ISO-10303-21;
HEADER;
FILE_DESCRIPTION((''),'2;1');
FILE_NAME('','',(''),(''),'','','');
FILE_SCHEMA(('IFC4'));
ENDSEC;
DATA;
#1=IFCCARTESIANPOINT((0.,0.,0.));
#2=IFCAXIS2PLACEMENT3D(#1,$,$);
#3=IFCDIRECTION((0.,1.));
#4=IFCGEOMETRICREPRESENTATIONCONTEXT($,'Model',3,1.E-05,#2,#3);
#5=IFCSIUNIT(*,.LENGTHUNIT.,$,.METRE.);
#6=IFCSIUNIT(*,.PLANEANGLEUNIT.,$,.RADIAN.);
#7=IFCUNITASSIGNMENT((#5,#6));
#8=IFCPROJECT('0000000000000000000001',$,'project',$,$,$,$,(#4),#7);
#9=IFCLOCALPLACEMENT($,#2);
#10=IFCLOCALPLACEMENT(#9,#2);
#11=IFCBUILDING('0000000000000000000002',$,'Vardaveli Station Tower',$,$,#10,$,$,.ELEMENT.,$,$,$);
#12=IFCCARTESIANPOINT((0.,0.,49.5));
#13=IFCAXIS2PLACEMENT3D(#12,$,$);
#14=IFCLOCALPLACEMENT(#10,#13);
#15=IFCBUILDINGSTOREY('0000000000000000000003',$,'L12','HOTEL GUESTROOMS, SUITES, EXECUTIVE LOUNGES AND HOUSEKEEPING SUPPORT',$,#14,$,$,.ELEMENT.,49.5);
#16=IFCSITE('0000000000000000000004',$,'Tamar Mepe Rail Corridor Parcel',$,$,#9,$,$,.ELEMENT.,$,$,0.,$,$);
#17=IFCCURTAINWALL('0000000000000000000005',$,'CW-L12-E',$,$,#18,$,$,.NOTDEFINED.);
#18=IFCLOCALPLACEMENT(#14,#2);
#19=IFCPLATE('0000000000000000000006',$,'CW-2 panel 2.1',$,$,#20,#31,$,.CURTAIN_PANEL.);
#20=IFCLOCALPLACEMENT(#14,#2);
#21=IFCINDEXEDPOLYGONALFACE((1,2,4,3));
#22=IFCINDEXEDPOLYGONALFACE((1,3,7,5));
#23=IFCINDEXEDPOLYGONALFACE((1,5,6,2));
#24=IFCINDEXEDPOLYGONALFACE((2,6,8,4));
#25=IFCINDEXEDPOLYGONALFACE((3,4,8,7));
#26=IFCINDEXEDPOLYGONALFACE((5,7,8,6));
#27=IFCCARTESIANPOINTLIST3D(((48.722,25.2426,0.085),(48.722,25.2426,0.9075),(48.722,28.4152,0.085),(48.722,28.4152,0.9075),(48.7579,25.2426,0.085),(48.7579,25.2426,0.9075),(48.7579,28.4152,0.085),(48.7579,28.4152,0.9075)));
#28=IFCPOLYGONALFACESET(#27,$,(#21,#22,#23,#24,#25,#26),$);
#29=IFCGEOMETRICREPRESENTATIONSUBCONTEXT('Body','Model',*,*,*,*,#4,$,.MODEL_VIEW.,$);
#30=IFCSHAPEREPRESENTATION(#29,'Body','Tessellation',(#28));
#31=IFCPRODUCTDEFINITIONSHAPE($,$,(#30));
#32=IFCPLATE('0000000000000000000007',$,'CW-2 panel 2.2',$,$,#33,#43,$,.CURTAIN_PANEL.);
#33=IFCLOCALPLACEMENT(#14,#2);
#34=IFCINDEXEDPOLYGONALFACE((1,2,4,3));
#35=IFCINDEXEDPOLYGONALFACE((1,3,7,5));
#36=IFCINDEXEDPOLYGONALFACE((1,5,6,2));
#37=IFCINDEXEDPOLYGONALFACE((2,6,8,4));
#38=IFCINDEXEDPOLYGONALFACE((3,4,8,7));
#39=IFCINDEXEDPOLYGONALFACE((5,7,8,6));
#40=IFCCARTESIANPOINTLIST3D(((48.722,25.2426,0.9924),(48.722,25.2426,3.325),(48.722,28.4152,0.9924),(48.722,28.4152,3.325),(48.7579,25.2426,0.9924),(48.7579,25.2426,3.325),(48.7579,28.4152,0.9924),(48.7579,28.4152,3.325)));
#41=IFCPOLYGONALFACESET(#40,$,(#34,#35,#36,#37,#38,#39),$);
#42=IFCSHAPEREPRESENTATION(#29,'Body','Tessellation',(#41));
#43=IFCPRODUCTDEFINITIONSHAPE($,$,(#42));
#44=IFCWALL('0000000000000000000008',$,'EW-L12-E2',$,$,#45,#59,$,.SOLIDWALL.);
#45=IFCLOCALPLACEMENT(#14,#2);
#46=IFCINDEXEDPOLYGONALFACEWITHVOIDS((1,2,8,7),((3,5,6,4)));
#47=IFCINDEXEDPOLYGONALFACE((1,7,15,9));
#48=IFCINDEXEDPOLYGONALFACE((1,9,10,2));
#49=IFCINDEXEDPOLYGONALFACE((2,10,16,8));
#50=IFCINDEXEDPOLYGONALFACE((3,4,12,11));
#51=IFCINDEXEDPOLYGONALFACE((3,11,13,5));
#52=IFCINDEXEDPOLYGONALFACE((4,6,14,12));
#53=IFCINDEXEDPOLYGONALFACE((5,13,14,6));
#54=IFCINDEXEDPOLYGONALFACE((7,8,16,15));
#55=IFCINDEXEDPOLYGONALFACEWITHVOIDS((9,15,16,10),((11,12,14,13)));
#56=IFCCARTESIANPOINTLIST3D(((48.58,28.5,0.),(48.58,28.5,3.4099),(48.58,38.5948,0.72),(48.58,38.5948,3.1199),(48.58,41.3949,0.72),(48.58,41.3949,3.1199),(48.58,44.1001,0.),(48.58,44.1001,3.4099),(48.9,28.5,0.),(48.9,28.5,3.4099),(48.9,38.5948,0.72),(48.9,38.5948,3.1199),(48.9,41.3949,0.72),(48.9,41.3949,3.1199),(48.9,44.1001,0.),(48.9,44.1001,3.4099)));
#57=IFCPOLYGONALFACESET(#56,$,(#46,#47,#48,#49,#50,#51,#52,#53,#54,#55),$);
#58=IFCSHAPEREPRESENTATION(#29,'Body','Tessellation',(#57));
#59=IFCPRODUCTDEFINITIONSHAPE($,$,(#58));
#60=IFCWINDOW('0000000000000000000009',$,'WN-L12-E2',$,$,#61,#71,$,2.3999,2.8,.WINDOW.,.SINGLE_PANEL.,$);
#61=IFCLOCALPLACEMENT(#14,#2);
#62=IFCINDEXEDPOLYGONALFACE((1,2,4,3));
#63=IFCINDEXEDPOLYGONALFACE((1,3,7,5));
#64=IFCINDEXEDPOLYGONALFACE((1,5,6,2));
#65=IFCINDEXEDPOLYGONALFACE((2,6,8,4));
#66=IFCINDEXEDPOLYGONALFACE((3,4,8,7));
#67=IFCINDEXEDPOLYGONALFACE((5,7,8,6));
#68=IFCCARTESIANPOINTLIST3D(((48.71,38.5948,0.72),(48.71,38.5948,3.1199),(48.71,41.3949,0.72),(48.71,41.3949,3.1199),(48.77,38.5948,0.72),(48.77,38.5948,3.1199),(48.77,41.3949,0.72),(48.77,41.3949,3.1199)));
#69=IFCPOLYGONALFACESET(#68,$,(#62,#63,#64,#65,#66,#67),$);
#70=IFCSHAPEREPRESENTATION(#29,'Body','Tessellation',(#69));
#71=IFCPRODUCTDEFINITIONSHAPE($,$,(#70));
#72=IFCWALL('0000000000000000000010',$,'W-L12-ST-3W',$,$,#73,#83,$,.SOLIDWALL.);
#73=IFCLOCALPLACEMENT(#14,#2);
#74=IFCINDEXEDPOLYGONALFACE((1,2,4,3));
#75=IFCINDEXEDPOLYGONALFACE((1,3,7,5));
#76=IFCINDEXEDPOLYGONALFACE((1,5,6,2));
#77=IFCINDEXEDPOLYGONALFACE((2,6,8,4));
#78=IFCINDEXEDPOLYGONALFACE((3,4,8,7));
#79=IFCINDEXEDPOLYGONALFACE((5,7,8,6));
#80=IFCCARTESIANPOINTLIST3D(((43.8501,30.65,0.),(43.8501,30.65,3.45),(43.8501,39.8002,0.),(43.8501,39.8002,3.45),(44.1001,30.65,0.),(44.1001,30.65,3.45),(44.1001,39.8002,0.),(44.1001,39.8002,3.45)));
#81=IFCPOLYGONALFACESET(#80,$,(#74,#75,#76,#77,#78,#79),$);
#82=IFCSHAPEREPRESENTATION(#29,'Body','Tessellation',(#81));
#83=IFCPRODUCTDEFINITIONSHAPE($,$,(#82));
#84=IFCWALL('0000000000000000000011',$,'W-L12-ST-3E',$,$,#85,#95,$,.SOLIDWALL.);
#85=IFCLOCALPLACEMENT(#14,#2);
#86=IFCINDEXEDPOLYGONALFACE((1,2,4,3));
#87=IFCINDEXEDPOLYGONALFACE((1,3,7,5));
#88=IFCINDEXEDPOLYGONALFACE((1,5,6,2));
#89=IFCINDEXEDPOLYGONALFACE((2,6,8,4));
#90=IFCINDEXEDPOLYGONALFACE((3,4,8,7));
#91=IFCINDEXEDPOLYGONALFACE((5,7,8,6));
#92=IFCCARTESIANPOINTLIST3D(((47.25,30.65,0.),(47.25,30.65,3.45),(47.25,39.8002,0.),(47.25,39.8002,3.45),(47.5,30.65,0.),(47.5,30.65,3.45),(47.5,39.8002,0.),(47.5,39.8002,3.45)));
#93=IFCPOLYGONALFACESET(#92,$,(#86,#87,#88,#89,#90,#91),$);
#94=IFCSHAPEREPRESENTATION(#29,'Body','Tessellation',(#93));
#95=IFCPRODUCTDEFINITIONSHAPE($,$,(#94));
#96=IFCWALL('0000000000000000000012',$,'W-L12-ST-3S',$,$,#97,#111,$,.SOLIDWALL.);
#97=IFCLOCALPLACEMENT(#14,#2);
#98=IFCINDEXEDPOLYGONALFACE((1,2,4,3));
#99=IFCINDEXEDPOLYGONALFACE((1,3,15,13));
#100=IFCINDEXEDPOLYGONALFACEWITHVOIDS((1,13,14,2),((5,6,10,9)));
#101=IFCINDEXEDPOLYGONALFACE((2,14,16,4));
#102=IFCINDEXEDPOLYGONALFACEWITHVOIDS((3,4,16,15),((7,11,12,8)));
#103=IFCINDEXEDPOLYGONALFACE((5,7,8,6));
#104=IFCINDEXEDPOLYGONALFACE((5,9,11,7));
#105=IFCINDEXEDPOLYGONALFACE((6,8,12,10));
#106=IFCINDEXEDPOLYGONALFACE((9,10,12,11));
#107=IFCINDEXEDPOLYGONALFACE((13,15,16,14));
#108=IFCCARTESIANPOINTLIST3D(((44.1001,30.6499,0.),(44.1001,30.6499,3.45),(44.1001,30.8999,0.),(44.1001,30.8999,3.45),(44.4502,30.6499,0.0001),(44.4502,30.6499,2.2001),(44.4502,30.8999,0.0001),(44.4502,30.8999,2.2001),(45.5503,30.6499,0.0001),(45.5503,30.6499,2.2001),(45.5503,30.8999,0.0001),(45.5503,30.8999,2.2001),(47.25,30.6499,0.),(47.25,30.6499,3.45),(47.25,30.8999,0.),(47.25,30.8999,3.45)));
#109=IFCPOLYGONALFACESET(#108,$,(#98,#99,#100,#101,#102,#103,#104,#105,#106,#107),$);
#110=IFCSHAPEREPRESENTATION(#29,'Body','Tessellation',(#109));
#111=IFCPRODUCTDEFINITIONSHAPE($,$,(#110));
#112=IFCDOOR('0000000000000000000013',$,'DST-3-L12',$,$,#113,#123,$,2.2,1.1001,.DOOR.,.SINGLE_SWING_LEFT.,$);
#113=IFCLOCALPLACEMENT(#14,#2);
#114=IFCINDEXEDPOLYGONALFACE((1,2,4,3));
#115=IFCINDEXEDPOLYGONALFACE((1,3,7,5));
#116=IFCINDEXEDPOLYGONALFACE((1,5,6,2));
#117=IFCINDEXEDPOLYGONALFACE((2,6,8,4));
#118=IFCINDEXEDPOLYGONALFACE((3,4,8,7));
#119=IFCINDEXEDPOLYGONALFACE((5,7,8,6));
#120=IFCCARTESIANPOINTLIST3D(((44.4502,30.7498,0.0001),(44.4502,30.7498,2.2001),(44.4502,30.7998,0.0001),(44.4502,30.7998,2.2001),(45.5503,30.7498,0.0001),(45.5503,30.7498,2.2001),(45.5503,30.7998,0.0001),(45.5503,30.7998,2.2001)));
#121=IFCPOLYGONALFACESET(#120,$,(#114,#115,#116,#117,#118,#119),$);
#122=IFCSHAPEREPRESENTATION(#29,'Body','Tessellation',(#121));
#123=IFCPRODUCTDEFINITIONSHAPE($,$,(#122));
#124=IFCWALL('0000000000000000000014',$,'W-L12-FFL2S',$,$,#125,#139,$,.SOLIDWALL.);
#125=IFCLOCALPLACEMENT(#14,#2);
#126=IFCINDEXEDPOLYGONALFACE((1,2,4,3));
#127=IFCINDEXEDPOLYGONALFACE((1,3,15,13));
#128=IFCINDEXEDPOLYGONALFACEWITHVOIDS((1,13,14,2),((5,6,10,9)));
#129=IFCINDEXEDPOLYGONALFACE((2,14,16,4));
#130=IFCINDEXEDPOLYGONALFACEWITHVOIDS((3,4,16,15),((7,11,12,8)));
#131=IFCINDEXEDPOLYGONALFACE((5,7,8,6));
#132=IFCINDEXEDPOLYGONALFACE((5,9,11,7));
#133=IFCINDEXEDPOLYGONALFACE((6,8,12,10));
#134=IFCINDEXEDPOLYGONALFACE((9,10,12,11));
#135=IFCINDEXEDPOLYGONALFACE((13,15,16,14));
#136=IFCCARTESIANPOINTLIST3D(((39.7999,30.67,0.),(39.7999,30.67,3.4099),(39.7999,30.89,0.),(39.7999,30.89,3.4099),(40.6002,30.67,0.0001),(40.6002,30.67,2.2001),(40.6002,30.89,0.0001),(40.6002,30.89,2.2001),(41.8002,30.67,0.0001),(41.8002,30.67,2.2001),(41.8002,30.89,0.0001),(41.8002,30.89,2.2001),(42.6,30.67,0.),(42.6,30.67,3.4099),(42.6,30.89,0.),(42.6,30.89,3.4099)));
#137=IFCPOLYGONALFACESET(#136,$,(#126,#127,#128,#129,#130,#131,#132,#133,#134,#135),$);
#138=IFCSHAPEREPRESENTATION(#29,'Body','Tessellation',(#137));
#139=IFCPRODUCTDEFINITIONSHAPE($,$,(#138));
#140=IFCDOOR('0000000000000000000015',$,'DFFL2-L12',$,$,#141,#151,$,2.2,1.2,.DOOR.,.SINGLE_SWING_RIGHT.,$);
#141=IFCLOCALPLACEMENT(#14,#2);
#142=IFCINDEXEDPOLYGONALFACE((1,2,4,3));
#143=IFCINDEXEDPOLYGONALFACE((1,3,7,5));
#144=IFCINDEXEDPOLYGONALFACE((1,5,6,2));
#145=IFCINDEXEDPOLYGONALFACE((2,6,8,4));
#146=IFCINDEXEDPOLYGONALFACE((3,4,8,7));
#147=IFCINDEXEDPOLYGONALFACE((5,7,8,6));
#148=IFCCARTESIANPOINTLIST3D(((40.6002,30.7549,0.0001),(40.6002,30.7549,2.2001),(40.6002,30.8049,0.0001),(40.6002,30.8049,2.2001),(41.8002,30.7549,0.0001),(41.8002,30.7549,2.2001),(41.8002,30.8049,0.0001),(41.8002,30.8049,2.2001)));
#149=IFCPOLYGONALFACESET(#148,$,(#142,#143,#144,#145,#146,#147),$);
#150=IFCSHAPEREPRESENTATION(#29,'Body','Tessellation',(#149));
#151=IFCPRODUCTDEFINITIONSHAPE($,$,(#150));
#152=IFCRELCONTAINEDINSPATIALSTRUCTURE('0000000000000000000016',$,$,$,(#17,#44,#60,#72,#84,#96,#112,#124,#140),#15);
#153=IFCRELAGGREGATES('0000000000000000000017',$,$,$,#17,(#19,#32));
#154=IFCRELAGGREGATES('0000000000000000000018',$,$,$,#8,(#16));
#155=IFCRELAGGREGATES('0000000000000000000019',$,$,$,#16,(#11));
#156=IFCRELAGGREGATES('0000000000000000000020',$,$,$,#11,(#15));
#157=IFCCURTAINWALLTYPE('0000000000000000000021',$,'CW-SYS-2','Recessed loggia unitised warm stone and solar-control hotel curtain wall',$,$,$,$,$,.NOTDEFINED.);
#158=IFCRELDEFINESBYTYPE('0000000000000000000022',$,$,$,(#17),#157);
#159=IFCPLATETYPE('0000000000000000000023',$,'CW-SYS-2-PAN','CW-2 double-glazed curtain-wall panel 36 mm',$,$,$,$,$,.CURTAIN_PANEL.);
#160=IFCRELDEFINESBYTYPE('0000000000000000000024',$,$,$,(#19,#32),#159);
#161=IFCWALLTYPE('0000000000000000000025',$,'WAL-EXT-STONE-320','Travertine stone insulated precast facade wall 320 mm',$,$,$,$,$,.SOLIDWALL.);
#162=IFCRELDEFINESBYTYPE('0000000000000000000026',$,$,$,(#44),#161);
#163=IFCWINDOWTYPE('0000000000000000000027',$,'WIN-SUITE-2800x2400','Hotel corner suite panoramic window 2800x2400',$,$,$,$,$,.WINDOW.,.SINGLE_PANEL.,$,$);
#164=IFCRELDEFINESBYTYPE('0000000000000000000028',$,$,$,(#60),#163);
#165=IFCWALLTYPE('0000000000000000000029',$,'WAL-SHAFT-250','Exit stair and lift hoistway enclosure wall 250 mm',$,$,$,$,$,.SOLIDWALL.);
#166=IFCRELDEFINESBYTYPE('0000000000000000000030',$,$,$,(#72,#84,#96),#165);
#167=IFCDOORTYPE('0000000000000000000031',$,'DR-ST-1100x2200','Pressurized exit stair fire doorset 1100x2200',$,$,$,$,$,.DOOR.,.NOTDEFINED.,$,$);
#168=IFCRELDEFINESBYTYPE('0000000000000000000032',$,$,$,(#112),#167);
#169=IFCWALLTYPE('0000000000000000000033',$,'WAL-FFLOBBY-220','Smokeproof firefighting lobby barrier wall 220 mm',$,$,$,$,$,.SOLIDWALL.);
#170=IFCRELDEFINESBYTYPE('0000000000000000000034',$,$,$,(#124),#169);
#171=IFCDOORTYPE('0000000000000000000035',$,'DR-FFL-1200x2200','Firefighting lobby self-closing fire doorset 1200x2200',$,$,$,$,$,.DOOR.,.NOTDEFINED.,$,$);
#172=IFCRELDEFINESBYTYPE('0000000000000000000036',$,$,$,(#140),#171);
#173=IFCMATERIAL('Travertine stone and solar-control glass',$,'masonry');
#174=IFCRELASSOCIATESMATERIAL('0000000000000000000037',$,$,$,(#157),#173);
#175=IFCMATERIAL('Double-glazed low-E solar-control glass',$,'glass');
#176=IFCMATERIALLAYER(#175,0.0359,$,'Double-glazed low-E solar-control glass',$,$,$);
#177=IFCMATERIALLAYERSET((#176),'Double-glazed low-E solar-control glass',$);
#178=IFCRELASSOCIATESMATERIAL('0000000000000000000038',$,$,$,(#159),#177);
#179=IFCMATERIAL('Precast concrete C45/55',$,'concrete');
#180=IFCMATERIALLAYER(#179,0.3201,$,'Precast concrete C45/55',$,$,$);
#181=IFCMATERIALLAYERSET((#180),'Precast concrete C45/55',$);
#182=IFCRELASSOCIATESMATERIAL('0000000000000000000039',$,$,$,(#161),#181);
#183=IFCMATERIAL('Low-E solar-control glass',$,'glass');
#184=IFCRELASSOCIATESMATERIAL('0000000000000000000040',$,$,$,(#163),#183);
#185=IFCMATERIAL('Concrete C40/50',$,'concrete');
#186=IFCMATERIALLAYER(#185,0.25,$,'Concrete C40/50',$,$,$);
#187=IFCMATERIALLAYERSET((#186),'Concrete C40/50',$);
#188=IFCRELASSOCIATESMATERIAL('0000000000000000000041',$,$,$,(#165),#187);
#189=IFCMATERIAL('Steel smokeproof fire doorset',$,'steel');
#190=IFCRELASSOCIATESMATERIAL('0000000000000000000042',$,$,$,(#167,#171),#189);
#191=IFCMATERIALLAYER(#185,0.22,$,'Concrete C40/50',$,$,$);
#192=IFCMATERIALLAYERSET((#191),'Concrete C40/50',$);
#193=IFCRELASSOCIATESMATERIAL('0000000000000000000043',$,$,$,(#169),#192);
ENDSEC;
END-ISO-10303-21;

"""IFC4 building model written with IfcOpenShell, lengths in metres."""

from ifc_helpers import new_model, si_unit, direction, frame, frame_2d, origin, origin_2d, place, context, subcontext, project, spatial, rectangle, extrude, source, transform, mapped, material, layer, layer_set, type_object, element, fill, aggregate, save


model = new_model("IFC4")

# Units and contexts
model_context = context("Model", 3, precision=1e-05, world=origin(), true_north=direction((0.0, 1.0)))
body_context = subcontext(model_context, "Body", "Model", "MODEL_VIEW")
ifc_project = project(units=[si_unit("LENGTHUNIT", "METRE"), si_unit("PLANEANGLEUNIT", "RADIAN")], contexts=[model_context])

# Site, building, storey
site_placement = place(None, origin())
site = spatial("IfcSite", under=ifc_project, at=site_placement, Name="Tamar Mepe Rail Corridor Parcel", CompositionType="ELEMENT", RefElevation=0.0)
building_placement = place(site_placement, origin())
building = spatial("IfcBuilding", under=site, at=building_placement, Name="Vardaveli Station Tower", CompositionType="ELEMENT")
storey_placement = place(building_placement, frame((0.0, 0.0, 49.5)))
storey = spatial("IfcBuildingStorey", under=building, at=storey_placement, Name="L12", Description="HOTEL GUESTROOMS, SUITES, EXECUTIVE LOUNGES AND HOUSEKEEPING SUPPORT", CompositionType="ELEMENT", Elevation=49.5)

# Shared definitions
ifc_material_1 = material(Name="Precast concrete C45/55", Category="concrete")

# Curtain wall, plates
ifc_material_2 = material(Name="Travertine stone and solar-control glass", Category="masonry")
curtain_wall_type = type_object("IfcCurtainWallType", Name="CW-SYS-2", Description="Recessed loggia unitised warm stone and solar-control hotel curtain wall", PredefinedType="NOTDEFINED", material=ifc_material_2)
curtain_wall_placement = place(storey_placement, origin())
curtain_wall = element("IfcCurtainWall", 1, at=curtain_wall_placement, inside=storey, type_object=curtain_wall_type, Name="CW-L12-E", PredefinedType="NOTDEFINED")
ifc_material_3 = material(Name="Double-glazed low-E solar-control glass", Category="glass")
ifc_layer_1 = layer(ifc_material_3, 0.0359, Name="Double-glazed low-E solar-control glass")
ifc_layer_set_1 = layer_set([ifc_layer_1], Name="Double-glazed low-E solar-control glass")
plate_type = type_object("IfcPlateType", Name="CW-SYS-2-PAN", Description="CW-2 double-glazed curtain-wall panel 36 mm", PredefinedType="CURTAIN_PANEL", material=ifc_layer_set_1)
shared_shape_1 = source(origin(), body_context, "Body", "SweptSolid", [
    extrude(rectangle(XDim=3.1726, YDim=0.0359, at=origin_2d()), origin(), (0.0, 0.0, 1.0), 0.8225),
])
plate_1_placement = place(storey_placement, frame((48.74, 26.8289, 0.085), z_axis=(0.0, 0.0, 1.0), x_axis=(0.0, 1.0, 0.0)))
plate_1 = element("IfcPlate", 2, at=plate_1_placement, type_object=plate_type, Name="CW-2 panel 2.1", PredefinedType="CURTAIN_PANEL", context=body_context, shape_type="MappedRepresentation", body=[
    mapped(shared_shape_1, transform((0.0, 0.0, 0.0), scale=1.0)),
])
shared_shape_2 = source(origin(), body_context, "Body", "SweptSolid", [
    extrude(rectangle(XDim=3.1726, YDim=0.0359, at=origin_2d()), origin(), (0.0, 0.0, 1.0), 2.3325),
])
plate_2_placement = place(storey_placement, frame((48.74, 26.8289, 0.9924), z_axis=(0.0, 0.0, 1.0), x_axis=(0.0, 1.0, 0.0)))
plate_2 = element("IfcPlate", 3, at=plate_2_placement, type_object=plate_type, Name="CW-2 panel 2.2", PredefinedType="CURTAIN_PANEL", context=body_context, shape_type="MappedRepresentation", body=[
    mapped(shared_shape_2, transform((0.0, 0.0, 0.0), scale=1.0)),
])
aggregate(curtain_wall, [plate_1, plate_2])

# Wall, opening, window
ifc_layer_2 = layer(ifc_material_1, 0.3201, Name="Precast concrete C45/55")
ifc_layer_set_2 = layer_set([ifc_layer_2], Name="Precast concrete C45/55")
wall_type_1 = type_object("IfcWallType", Name="WAL-EXT-STONE-320", Description="Travertine stone insulated precast facade wall 320 mm", PredefinedType="SOLIDWALL", material=ifc_layer_set_2)
shared_shape_3 = source(origin(), body_context, "Body", "SweptSolid", [
    extrude(rectangle(XDim=15.6001, YDim=0.3201, at=frame_2d((7.8, 0.0))), origin(), (0.0, 0.0, 1.0), 3.4099),
])
wall_1_placement = place(storey_placement, frame((48.74, 28.5, 0.0), z_axis=(0.0, 0.0, 1.0), x_axis=(0.0, 1.0, 0.0)))
wall_1 = element("IfcWall", 4, at=wall_1_placement, inside=storey, type_object=wall_type_1, Name="EW-L12-E2", PredefinedType="SOLIDWALL", context=body_context, shape_type="MappedRepresentation", body=[
    mapped(shared_shape_3, transform((0.0, 0.0, 0.0), scale=1.0)),
])
shared_shape_4 = source(origin(), body_context, "Body", "SweptSolid", [
    extrude(rectangle(XDim=2.8, YDim=2.3999, at=frame_2d((1.3999, 1.2))), frame((0.0, 0.1699, 0.0), z_axis=(0.0, -1.0, 0.0), x_axis=(1.0, 0.0, 0.0)), (0.0, 0.0, 1.0), 0.3401),
])
opening_1_placement = place(wall_1_placement, frame((10.095, 0.0, 0.72)))
opening_1 = element("IfcOpeningElement", 5, at=opening_1_placement, cuts=wall_1, PredefinedType="OPENING", context=body_context, shape_type="MappedRepresentation", body=[
    mapped(shared_shape_4, transform((0.0, 0.0, 0.0), scale=1.0)),
])
ifc_material_4 = material(Name="Low-E solar-control glass", Category="glass")
window_type = type_object("IfcWindowType", Name="WIN-SUITE-2800x2400", Description="Hotel corner suite panoramic window 2800x2400", PartitioningType="SINGLE_PANEL", PredefinedType="WINDOW", material=ifc_material_4)
shared_shape_5 = source(origin(), body_context, "Body", "SweptSolid", [
    extrude(rectangle(XDim=2.8, YDim=2.3999, at=frame_2d((1.3999, 1.2))), frame((0.0, 0.03, 0.0), z_axis=(0.0, -1.0, 0.0), x_axis=(1.0, 0.0, 0.0)), (0.0, 0.0, 1.0), 0.0601),
])
window_placement = place(opening_1_placement, origin())
window = element("IfcWindow", 6, at=window_placement, inside=storey, type_object=window_type, Name="WN-L12-E2", OverallHeight=2.3999, OverallWidth=2.8, PartitioningType="SINGLE_PANEL", PredefinedType="WINDOW", context=body_context, shape_type="MappedRepresentation", body=[
    mapped(shared_shape_5, transform((0.0, 0.0, 0.0), scale=1.0)),
])
fill(opening_1, window)

# Walls
ifc_material_5 = material(Name="Concrete C40/50", Category="concrete")
ifc_layer_3 = layer(ifc_material_5, 0.25, Name="Concrete C40/50")
ifc_layer_set_3 = layer_set([ifc_layer_3], Name="Concrete C40/50")
wall_type_2 = type_object("IfcWallType", Name="WAL-SHAFT-250", Description="Exit stair and lift hoistway enclosure wall 250 mm", PredefinedType="SOLIDWALL", material=ifc_layer_set_3)
shared_shape_6 = source(origin(), body_context, "Body", "SweptSolid", [
    extrude(rectangle(XDim=9.1501, YDim=0.25, at=frame_2d((4.5752, 0.0))), origin(), (0.0, 0.0, 1.0), 3.45),
])
for number, where, z_axis, x_axis, name in (
    (7, (43.9751, 30.6499, 0.0), (0.0, 0.0, 1.0), (0.0, 1.0, 0.0), "W-L12-ST-3W"),
    (8, (47.375, 30.6499, 0.0), (0.0, 0.0, 1.0), (0.0, 1.0, 0.0), "W-L12-ST-3E"),
):
    element("IfcWall", number, at=place(storey_placement, frame(where, z_axis=z_axis, x_axis=x_axis)), inside=storey, type_object=wall_type_2, Name=name, PredefinedType="SOLIDWALL", context=body_context, shape_type="MappedRepresentation", body=[
        mapped(shared_shape_6, transform((0.0, 0.0, 0.0), scale=1.0)),
    ])

# Walls, openings, doors
shared_shape_7 = source(origin(), body_context, "Body", "SweptSolid", [
    extrude(rectangle(XDim=3.1499, YDim=0.25, at=frame_2d((1.575, 0.0))), origin(), (0.0, 0.0, 1.0), 3.45),
])
wall_2_placement = place(storey_placement, frame((44.1001, 30.7749, 0.0), z_axis=(0.0, 0.0, 1.0), x_axis=(1.0, 0.0, 0.0)))
wall_2 = element("IfcWall", 9, at=wall_2_placement, inside=storey, type_object=wall_type_2, Name="W-L12-ST-3S", PredefinedType="SOLIDWALL", context=body_context, shape_type="MappedRepresentation", body=[
    mapped(shared_shape_7, transform((0.0, 0.0, 0.0), scale=1.0)),
])
shared_shape_8 = source(origin(), body_context, "Body", "SweptSolid", [
    extrude(rectangle(XDim=1.1001, YDim=2.2, at=frame_2d((0.55, 1.1001))), frame((0.0, 0.135, 0.0), z_axis=(0.0, -1.0, 0.0), x_axis=(1.0, 0.0, 0.0)), (0.0, 0.0, 1.0), 0.27),
])
opening_2_placement = place(wall_2_placement, frame((0.3501, 0.0, 0.0)))
opening_2 = element("IfcOpeningElement", 10, at=opening_2_placement, cuts=wall_2, PredefinedType="OPENING", context=body_context, shape_type="MappedRepresentation", body=[
    mapped(shared_shape_8, transform((0.0, 0.0, 0.0), scale=1.0)),
])
ifc_material_6 = material(Name="Steel smokeproof fire doorset", Category="steel")
door_type_1 = type_object("IfcDoorType", Name="DR-ST-1100x2200", Description="Pressurized exit stair fire doorset 1100x2200", OperationType="NOTDEFINED", PredefinedType="DOOR", material=ifc_material_6)
shared_shape_9 = source(origin(), body_context, "Body", "SweptSolid", [
    extrude(rectangle(XDim=1.1001, YDim=2.2, at=frame_2d((0.55, 1.1001))), frame((0.0, 0.0249, 0.0), z_axis=(0.0, -1.0, 0.0), x_axis=(1.0, 0.0, 0.0)), (0.0, 0.0, 1.0), 0.05),
])
door_1_placement = place(opening_2_placement, origin())
door_1 = element("IfcDoor", 11, at=door_1_placement, inside=storey, type_object=door_type_1, Name="DST-3-L12", OperationType="SINGLE_SWING_LEFT", OverallHeight=2.2, OverallWidth=1.1001, PredefinedType="DOOR", context=body_context, shape_type="MappedRepresentation", body=[
    mapped(shared_shape_9, transform((0.0, 0.0, 0.0), scale=1.0)),
])
fill(opening_2, door_1)
ifc_layer_4 = layer(ifc_material_5, 0.22, Name="Concrete C40/50")
ifc_layer_set_4 = layer_set([ifc_layer_4], Name="Concrete C40/50")
wall_type_3 = type_object("IfcWallType", Name="WAL-FFLOBBY-220", Description="Smokeproof firefighting lobby barrier wall 220 mm", PredefinedType="SOLIDWALL", material=ifc_layer_set_4)
shared_shape_10 = source(origin(), body_context, "Body", "SweptSolid", [
    extrude(rectangle(XDim=2.8, YDim=0.22, at=frame_2d((1.3999, 0.0))), origin(), (0.0, 0.0, 1.0), 3.4099),
])
wall_3_placement = place(storey_placement, frame((39.8, 30.78, 0.0), z_axis=(0.0, 0.0, 1.0), x_axis=(1.0, 0.0, 0.0)))
wall_3 = element("IfcWall", 12, at=wall_3_placement, inside=storey, type_object=wall_type_3, Name="W-L12-FFL2S", PredefinedType="SOLIDWALL", context=body_context, shape_type="MappedRepresentation", body=[
    mapped(shared_shape_10, transform((0.0, 0.0, 0.0), scale=1.0)),
])
shared_shape_11 = source(origin(), body_context, "Body", "SweptSolid", [
    extrude(rectangle(XDim=1.2, YDim=2.2, at=frame_2d((0.6001, 1.1001))), frame((0.0, 0.1201, 0.0), z_axis=(0.0, -1.0, 0.0), x_axis=(1.0, 0.0, 0.0)), (0.0, 0.0, 1.0), 0.24),
])
opening_3_placement = place(wall_3_placement, frame((0.8, 0.0, 0.0)))
opening_3 = element("IfcOpeningElement", 13, at=opening_3_placement, cuts=wall_3, PredefinedType="OPENING", context=body_context, shape_type="MappedRepresentation", body=[
    mapped(shared_shape_11, transform((0.0, 0.0, 0.0), scale=1.0)),
])
door_type_2 = type_object("IfcDoorType", Name="DR-FFL-1200x2200", Description="Firefighting lobby self-closing fire doorset 1200x2200", OperationType="NOTDEFINED", PredefinedType="DOOR", material=ifc_material_6)
shared_shape_12 = source(origin(), body_context, "Body", "SweptSolid", [
    extrude(rectangle(XDim=1.2, YDim=2.2, at=frame_2d((0.6001, 1.1001))), frame((0.0, 0.0249, 0.0), z_axis=(0.0, -1.0, 0.0), x_axis=(1.0, 0.0, 0.0)), (0.0, 0.0, 1.0), 0.05),
])
door_2_placement = place(opening_3_placement, origin())
door_2 = element("IfcDoor", 14, at=door_2_placement, inside=storey, type_object=door_type_2, Name="DFFL2-L12", OperationType="SINGLE_SWING_RIGHT", OverallHeight=2.2, OverallWidth=1.2, PredefinedType="DOOR", context=body_context, shape_type="MappedRepresentation", body=[
    mapped(shared_shape_12, transform((0.0, 0.0, 0.0), scale=1.0)),
])
fill(opening_3, door_2)

save(model, "model.ifc")
